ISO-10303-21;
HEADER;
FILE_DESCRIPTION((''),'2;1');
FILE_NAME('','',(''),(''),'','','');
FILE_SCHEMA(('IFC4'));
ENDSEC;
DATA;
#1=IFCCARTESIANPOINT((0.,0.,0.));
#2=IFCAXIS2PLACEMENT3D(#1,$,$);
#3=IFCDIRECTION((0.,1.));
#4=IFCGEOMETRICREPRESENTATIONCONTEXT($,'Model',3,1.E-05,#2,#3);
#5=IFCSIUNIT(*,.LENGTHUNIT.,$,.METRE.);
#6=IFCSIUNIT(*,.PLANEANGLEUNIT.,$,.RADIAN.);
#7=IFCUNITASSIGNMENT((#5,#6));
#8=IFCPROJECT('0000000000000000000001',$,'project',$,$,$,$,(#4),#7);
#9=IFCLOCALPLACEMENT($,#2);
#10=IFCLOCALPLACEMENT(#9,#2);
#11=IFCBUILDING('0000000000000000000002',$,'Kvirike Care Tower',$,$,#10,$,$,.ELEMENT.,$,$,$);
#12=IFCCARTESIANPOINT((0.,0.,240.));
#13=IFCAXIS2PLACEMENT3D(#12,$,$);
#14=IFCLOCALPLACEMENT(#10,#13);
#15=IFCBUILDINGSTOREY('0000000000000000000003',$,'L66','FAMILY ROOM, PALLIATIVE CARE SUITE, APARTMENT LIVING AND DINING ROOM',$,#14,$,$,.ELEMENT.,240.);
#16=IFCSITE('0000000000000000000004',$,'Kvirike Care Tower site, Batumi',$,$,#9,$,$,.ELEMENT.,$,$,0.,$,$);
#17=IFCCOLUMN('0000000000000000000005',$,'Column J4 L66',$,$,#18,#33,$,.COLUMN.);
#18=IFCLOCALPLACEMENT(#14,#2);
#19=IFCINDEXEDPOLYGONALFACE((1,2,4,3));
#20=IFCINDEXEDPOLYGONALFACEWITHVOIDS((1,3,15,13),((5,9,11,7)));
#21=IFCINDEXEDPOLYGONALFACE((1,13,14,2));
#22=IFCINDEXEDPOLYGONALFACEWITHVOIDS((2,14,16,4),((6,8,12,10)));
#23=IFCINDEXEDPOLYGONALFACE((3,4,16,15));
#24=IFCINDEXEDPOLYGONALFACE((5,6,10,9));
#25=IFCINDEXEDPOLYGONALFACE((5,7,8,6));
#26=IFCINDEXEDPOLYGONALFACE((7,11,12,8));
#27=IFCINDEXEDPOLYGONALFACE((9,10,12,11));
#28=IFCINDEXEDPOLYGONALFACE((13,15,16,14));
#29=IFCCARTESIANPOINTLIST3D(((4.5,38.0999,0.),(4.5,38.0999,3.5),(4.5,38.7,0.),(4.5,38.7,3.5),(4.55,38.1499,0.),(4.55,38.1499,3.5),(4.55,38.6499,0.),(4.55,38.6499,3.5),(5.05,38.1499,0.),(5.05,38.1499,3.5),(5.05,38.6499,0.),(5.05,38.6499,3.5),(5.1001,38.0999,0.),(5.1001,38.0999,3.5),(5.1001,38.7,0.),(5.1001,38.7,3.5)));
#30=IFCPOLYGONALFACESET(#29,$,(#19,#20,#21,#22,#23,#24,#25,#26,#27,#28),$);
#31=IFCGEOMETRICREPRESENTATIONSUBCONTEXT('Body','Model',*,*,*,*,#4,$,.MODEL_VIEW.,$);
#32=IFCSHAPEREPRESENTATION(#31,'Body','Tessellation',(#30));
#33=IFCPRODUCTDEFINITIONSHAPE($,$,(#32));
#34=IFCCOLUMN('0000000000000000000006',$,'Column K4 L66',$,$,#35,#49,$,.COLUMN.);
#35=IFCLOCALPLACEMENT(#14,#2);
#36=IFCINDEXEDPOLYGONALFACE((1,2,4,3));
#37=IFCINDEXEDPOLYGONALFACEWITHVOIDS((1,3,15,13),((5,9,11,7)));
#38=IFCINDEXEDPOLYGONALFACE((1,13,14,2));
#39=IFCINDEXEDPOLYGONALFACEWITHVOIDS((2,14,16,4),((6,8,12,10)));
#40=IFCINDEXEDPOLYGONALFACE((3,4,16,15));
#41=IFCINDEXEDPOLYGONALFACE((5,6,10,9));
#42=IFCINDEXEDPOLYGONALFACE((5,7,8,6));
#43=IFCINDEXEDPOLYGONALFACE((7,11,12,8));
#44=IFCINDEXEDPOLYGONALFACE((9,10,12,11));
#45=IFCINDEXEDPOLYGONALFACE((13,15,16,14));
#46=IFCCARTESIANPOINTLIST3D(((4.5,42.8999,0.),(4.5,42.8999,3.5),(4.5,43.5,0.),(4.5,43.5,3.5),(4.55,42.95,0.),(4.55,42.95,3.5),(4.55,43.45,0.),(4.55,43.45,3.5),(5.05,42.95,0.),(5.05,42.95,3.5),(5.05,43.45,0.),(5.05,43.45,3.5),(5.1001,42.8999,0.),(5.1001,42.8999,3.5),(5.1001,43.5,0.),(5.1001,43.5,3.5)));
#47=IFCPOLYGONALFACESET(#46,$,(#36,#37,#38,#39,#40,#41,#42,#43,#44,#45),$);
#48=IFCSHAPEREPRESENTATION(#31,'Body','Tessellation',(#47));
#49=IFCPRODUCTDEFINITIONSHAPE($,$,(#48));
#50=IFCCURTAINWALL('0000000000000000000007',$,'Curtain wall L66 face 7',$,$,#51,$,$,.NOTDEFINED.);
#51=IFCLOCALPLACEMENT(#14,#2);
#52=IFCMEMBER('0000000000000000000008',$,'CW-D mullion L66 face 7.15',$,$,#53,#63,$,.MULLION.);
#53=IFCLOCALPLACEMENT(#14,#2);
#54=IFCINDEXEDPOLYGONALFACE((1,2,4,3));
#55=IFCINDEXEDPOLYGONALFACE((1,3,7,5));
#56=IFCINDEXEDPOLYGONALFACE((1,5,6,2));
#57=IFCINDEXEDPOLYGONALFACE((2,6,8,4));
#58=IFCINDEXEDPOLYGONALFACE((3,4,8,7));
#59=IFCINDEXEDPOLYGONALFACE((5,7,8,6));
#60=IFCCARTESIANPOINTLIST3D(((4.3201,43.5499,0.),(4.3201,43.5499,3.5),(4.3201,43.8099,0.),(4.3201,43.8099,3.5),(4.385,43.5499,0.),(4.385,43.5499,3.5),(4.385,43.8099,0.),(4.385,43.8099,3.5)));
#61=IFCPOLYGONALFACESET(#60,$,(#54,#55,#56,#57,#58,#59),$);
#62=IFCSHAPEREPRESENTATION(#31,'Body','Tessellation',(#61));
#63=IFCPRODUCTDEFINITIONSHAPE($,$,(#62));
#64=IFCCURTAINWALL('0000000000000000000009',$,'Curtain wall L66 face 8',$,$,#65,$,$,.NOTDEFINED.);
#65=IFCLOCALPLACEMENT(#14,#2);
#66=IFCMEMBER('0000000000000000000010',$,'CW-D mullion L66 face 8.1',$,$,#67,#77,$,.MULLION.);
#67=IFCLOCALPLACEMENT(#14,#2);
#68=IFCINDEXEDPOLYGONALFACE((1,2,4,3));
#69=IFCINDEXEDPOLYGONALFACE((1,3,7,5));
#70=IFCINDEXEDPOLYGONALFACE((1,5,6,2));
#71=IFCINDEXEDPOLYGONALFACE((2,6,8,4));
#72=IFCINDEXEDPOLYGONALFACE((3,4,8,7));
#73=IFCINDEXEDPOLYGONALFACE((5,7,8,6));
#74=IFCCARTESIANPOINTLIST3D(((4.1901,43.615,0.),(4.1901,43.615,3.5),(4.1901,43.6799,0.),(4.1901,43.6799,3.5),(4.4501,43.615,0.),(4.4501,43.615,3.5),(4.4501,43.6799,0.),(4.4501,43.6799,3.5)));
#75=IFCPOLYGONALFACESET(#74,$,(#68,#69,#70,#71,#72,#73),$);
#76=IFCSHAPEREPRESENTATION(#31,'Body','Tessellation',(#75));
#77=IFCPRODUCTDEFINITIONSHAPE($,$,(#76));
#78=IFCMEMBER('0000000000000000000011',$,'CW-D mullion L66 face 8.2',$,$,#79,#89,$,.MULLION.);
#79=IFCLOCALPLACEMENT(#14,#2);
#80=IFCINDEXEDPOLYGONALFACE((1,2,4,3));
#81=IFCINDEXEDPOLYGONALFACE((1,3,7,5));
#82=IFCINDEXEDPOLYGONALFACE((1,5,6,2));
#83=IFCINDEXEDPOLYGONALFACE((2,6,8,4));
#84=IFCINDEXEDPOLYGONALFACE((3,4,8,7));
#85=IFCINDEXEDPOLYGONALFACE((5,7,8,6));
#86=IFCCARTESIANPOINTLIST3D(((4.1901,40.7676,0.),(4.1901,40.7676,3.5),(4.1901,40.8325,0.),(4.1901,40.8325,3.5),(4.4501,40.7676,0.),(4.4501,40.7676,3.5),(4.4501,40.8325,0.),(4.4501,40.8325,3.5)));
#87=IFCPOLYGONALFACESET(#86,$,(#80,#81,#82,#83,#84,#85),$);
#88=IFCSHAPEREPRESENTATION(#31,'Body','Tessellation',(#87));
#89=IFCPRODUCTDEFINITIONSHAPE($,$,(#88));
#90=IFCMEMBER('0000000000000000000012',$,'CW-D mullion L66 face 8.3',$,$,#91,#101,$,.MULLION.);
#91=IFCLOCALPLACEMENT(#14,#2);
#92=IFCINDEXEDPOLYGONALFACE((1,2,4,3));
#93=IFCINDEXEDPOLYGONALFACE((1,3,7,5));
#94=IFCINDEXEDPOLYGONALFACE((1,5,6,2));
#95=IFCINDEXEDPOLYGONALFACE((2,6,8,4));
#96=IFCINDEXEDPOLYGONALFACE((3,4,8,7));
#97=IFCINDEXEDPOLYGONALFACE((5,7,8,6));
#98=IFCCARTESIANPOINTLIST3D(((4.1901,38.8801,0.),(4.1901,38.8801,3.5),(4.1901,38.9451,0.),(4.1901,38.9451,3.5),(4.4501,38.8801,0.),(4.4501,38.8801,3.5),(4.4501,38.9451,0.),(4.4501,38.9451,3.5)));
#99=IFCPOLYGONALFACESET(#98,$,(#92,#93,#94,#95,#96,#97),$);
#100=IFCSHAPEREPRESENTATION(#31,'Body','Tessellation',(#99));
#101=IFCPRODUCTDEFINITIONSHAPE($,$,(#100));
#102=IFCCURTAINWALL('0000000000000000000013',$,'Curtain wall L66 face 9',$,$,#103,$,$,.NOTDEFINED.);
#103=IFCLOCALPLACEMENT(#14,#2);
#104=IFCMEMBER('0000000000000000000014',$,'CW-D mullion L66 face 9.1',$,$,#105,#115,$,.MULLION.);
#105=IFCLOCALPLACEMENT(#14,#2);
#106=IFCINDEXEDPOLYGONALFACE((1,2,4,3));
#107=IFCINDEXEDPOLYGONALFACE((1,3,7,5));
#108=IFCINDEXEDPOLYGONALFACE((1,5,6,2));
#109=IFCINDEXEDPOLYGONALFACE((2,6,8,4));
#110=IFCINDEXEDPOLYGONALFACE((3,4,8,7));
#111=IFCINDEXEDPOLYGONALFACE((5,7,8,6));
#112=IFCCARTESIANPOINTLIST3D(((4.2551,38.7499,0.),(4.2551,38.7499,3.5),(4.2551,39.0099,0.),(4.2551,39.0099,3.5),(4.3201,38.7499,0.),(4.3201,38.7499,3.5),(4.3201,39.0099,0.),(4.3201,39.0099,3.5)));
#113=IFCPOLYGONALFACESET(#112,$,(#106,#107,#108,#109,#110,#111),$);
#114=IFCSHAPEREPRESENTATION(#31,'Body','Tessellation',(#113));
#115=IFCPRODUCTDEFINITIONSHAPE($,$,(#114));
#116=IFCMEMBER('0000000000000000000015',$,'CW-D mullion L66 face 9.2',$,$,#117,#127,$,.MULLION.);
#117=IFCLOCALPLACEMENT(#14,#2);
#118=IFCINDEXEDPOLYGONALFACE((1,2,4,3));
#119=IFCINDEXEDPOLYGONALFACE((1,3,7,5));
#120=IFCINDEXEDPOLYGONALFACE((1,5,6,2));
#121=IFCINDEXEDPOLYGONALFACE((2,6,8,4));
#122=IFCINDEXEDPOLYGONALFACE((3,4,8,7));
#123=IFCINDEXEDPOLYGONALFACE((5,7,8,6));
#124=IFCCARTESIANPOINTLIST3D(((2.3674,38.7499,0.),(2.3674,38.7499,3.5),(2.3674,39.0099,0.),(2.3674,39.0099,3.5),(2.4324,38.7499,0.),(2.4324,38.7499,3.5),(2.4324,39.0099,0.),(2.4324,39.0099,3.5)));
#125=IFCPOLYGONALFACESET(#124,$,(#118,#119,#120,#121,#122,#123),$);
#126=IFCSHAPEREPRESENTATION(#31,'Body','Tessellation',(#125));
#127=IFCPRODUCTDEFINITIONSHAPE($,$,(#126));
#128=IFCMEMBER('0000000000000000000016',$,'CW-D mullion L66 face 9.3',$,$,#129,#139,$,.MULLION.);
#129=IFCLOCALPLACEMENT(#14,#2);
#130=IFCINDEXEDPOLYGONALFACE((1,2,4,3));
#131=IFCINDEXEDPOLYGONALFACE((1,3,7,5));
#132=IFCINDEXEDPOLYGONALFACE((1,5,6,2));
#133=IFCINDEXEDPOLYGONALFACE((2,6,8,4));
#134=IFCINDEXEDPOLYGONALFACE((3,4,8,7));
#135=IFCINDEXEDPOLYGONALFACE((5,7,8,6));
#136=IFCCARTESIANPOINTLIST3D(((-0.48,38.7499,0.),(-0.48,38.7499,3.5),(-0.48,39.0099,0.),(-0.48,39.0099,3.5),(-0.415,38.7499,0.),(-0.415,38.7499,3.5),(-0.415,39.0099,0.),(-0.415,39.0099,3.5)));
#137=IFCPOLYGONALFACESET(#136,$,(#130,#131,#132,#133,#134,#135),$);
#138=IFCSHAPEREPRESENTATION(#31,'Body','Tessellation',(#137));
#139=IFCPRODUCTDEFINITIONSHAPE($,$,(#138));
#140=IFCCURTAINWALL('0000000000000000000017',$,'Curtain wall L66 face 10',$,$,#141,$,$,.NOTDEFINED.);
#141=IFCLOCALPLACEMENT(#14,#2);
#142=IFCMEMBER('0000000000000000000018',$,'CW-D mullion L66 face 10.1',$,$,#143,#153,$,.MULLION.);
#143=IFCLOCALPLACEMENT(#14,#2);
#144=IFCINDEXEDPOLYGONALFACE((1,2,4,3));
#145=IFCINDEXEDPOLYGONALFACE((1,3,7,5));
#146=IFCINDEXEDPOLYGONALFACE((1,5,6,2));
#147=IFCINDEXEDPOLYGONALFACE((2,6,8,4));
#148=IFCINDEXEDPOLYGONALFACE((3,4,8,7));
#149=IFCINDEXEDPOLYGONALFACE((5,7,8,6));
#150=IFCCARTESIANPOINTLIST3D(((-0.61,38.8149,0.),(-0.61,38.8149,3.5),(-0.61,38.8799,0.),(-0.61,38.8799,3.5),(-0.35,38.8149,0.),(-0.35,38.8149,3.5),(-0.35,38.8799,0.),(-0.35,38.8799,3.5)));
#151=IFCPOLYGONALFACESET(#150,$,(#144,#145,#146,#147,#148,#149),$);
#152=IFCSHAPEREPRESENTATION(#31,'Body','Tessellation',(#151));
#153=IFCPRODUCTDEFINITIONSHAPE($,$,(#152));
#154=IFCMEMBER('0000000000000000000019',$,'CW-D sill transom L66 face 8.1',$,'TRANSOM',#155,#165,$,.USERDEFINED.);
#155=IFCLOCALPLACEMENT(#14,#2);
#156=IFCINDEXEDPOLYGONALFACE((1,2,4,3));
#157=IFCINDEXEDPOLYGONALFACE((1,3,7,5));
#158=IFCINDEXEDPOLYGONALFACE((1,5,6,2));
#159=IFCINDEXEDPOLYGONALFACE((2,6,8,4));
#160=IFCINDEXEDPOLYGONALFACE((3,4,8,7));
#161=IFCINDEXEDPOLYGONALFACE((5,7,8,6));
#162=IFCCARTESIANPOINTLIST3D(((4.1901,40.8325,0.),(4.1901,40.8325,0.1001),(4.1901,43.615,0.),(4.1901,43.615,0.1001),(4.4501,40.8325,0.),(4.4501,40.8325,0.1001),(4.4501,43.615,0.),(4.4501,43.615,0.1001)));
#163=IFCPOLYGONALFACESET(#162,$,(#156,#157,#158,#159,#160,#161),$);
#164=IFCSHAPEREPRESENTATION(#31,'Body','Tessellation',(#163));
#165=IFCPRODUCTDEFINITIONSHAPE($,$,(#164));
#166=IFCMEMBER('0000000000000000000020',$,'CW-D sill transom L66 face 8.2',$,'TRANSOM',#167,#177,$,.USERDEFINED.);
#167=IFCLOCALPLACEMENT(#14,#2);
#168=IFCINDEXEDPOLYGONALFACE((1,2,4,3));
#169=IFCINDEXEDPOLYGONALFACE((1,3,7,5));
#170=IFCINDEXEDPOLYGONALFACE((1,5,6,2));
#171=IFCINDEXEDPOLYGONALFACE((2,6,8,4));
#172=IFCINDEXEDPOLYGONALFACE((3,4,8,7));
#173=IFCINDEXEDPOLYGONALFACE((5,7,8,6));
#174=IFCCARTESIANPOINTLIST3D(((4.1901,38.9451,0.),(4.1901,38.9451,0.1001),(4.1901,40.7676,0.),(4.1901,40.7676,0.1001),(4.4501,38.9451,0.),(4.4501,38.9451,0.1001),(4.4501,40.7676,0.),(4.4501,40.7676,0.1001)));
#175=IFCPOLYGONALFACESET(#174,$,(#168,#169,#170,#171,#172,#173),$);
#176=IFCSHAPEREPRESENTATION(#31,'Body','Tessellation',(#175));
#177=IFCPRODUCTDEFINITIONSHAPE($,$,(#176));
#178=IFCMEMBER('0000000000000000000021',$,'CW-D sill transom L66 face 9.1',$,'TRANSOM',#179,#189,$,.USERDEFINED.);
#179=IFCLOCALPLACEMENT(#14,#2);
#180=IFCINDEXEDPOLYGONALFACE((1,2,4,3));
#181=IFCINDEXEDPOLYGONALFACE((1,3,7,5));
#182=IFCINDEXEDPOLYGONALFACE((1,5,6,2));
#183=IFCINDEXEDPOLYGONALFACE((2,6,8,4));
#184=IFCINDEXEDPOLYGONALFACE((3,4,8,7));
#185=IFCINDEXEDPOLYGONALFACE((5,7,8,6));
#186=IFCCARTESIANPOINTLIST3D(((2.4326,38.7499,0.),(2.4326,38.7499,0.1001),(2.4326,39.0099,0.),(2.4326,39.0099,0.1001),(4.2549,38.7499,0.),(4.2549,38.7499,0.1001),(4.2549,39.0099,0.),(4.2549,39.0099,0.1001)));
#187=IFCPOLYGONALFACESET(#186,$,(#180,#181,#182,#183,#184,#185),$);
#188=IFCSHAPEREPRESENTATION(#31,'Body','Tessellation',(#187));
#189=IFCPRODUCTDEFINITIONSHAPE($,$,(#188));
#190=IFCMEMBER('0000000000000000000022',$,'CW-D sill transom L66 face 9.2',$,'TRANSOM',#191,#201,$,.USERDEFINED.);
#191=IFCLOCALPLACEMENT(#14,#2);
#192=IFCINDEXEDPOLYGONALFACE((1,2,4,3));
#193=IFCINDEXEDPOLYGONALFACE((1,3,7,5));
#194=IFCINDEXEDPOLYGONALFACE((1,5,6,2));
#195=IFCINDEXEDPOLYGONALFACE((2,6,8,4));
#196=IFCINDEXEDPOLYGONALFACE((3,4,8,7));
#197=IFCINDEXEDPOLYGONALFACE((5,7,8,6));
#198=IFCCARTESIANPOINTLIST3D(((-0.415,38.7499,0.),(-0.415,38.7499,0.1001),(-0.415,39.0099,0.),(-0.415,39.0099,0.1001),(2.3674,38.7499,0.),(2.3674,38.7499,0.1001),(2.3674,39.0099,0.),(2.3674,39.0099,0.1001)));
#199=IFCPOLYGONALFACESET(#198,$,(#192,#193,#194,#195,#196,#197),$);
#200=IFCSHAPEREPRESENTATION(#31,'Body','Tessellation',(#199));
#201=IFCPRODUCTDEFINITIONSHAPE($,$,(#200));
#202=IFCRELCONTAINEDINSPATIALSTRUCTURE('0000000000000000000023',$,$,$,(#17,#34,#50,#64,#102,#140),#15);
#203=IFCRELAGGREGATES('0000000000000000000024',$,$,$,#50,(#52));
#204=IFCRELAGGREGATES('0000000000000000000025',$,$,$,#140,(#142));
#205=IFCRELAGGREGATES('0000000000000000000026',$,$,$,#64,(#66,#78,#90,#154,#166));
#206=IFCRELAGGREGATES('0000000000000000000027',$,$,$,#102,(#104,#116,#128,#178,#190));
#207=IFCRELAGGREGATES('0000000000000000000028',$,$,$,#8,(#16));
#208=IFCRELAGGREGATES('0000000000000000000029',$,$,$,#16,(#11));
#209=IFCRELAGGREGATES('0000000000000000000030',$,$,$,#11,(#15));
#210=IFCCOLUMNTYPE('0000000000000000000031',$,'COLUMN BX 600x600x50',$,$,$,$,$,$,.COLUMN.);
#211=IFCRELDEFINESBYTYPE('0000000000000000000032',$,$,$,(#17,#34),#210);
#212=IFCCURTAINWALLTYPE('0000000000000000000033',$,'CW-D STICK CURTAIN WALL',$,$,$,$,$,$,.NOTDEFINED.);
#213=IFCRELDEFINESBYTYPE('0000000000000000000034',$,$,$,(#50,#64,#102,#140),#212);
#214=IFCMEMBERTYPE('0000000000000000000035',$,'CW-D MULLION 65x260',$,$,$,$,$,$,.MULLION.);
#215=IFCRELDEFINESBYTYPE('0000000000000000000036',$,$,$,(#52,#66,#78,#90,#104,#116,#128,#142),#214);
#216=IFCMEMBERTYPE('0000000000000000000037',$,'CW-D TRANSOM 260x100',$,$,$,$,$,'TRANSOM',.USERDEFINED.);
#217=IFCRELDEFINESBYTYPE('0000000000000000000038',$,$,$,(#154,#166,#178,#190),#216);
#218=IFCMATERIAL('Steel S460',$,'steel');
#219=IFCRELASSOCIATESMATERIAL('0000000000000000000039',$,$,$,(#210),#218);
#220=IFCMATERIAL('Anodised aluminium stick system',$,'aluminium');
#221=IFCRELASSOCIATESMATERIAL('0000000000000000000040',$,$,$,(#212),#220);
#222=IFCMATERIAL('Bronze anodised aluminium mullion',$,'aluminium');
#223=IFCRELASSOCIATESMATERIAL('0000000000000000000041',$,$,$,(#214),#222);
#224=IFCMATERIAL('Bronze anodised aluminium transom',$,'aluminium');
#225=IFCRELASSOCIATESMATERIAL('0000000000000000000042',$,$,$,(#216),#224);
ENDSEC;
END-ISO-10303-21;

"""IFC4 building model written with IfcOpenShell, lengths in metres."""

from ifc_helpers import new_model, si_unit, direction, frame, origin, origin_2d, place, context, subcontext, project, spatial, rectangle, hollow_rectangle, extrude, material, material_profile, profile_set, type_object, element, aggregate, save


model = new_model("IFC4")

# Units and contexts
model_context = context("Model", 3, precision=1e-05, world=origin(), true_north=direction((0.0, 1.0)))
body_context = subcontext(model_context, "Body", "Model", "MODEL_VIEW")
ifc_project = project(units=[si_unit("LENGTHUNIT", "METRE"), si_unit("PLANEANGLEUNIT", "RADIAN")], contexts=[model_context])

# Site, building, storey
site_placement = place(None, origin())
site = spatial("IfcSite", under=ifc_project, at=site_placement, Name="Kvirike Care Tower site, Batumi", CompositionType="ELEMENT", RefElevation=0.0)
building_placement = place(site_placement, origin())
building = spatial("IfcBuilding", under=site, at=building_placement, Name="Kvirike Care Tower", CompositionType="ELEMENT")
storey_placement = place(building_placement, frame((0.0, 0.0, 240.0)))
storey = spatial("IfcBuildingStorey", under=building, at=storey_placement, Name="L66", Description="FAMILY ROOM, PALLIATIVE CARE SUITE, APARTMENT LIVING AND DINING ROOM", CompositionType="ELEMENT", Elevation=240.0)

# Columns
ifc_material_1 = material(Name="Steel S460", Category="steel")
ifc_material_profile_1 = material_profile(ifc_material_1, hollow_rectangle(XDim=0.6001, YDim=0.6001, WallThickness=0.05, at=origin_2d()), Name="BX 600x600x50")
ifc_profile_set_1 = profile_set([ifc_material_profile_1], Name="Steel S460")
column_type = type_object("IfcColumnType", Name="COLUMN BX 600x600x50", PredefinedType="COLUMN", material=ifc_profile_set_1)
for number, where, z_axis, x_axis, name in (
    (1, (4.8, 38.3999, 0.0), (0.0, 0.0, 1.0), (0.0, 1.0, 0.0), "Column J4 L66"),
    (2, (4.8, 43.2, 0.0), (0.0, 0.0, 1.0), (0.0, 1.0, 0.0), "Column K4 L66"),
):
    element("IfcColumn", number, at=place(storey_placement, frame(where, z_axis=z_axis, x_axis=x_axis)), inside=storey, type_object=column_type, Name=name, PredefinedType="COLUMN", context=body_context, shape_type="SweptSolid", body=[
        extrude(hollow_rectangle(XDim=0.6001, YDim=0.6001, WallThickness=0.05, at=origin_2d()), origin(), (0.0, 0.0, 1.0), 3.5),
    ])

# Curtain wall, member
ifc_material_2 = material(Name="Anodised aluminium stick system", Category="aluminium")
curtain_wall_type = type_object("IfcCurtainWallType", Name="CW-D STICK CURTAIN WALL", PredefinedType="NOTDEFINED", material=ifc_material_2)
curtain_wall_1_placement = place(storey_placement, origin())
curtain_wall_1 = element("IfcCurtainWall", 3, at=curtain_wall_1_placement, inside=storey, type_object=curtain_wall_type, Name="Curtain wall L66 face 7", PredefinedType="NOTDEFINED")
ifc_material_3 = material(Name="Bronze anodised aluminium mullion", Category="aluminium")
ifc_material_profile_2 = material_profile(ifc_material_3, rectangle(XDim=0.0649, YDim=0.26, at=origin_2d()), Name="CW-D MULLION 65x260")
ifc_profile_set_2 = profile_set([ifc_material_profile_2], Name="Bronze anodised aluminium mullion")
member_type_1 = type_object("IfcMemberType", Name="CW-D MULLION 65x260", PredefinedType="MULLION", material=ifc_profile_set_2)
member_1_placement = place(storey_placement, frame((4.3525, 43.6799, 0.0), z_axis=(0.0, 0.0, 1.0), x_axis=(-1.0, 0.0, 0.0)))
member_1 = element("IfcMember", 4, at=member_1_placement, type_object=member_type_1, Name="CW-D mullion L66 face 7.15", PredefinedType="MULLION", context=body_context, shape_type="SweptSolid", body=[
    extrude(rectangle(XDim=0.0649, YDim=0.26, at=origin_2d()), origin(), (0.0, 0.0, 1.0), 3.5),
])
aggregate(curtain_wall_1, [member_1])

# Curtain walls, members
curtain_wall_2_placement = place(storey_placement, origin())
curtain_wall_2 = element("IfcCurtainWall", 5, at=curtain_wall_2_placement, inside=storey, type_object=curtain_wall_type, Name="Curtain wall L66 face 8", PredefinedType="NOTDEFINED")
member_2_placement = place(storey_placement, frame((4.3201, 43.6475, 0.0), z_axis=(0.0, 0.0, 1.0), x_axis=(0.0, -1.0, 0.0)))
member_2 = element("IfcMember", 6, at=member_2_placement, type_object=member_type_1, Name="CW-D mullion L66 face 8.1", PredefinedType="MULLION", context=body_context, shape_type="SweptSolid", body=[
    extrude(rectangle(XDim=0.0649, YDim=0.26, at=origin_2d()), origin(), (0.0, 0.0, 1.0), 3.5),
])
member_3_placement = place(storey_placement, frame((4.3201, 40.8, 0.0), z_axis=(0.0, 0.0, 1.0), x_axis=(0.0, -1.0, 0.0)))
member_3 = element("IfcMember", 7, at=member_3_placement, type_object=member_type_1, Name="CW-D mullion L66 face 8.2", PredefinedType="MULLION", context=body_context, shape_type="SweptSolid", body=[
    extrude(rectangle(XDim=0.0649, YDim=0.26, at=origin_2d()), origin(), (0.0, 0.0, 1.0), 3.5),
])
member_4_placement = place(storey_placement, frame((4.3201, 38.9126, 0.0), z_axis=(0.0, 0.0, 1.0), x_axis=(0.0, -1.0, 0.0)))
member_4 = element("IfcMember", 8, at=member_4_placement, type_object=member_type_1, Name="CW-D mullion L66 face 8.3", PredefinedType="MULLION", context=body_context, shape_type="SweptSolid", body=[
    extrude(rectangle(XDim=0.0649, YDim=0.26, at=origin_2d()), origin(), (0.0, 0.0, 1.0), 3.5),
])
curtain_wall_3_placement = place(storey_placement, origin())
curtain_wall_3 = element("IfcCurtainWall", 9, at=curtain_wall_3_placement, inside=storey, type_object=curtain_wall_type, Name="Curtain wall L66 face 9", PredefinedType="NOTDEFINED")
member_5_placement = place(storey_placement, frame((4.2876, 38.8799, 0.0), z_axis=(0.0, 0.0, 1.0), x_axis=(-1.0, 0.0, 0.0)))
member_5 = element("IfcMember", 10, at=member_5_placement, type_object=member_type_1, Name="CW-D mullion L66 face 9.1", PredefinedType="MULLION", context=body_context, shape_type="SweptSolid", body=[
    extrude(rectangle(XDim=0.0649, YDim=0.26, at=origin_2d()), origin(), (0.0, 0.0, 1.0), 3.5),
])
member_6_placement = place(storey_placement, frame((2.3999, 38.8799, 0.0), z_axis=(0.0, 0.0, 1.0), x_axis=(-1.0, 0.0, 0.0)))
member_6 = element("IfcMember", 11, at=member_6_placement, type_object=member_type_1, Name="CW-D mullion L66 face 9.2", PredefinedType="MULLION", context=body_context, shape_type="SweptSolid", body=[
    extrude(rectangle(XDim=0.0649, YDim=0.26, at=origin_2d()), origin(), (0.0, 0.0, 1.0), 3.5),
])
member_7_placement = place(storey_placement, frame((-0.4475, 38.8799, 0.0), z_axis=(0.0, 0.0, 1.0), x_axis=(-1.0, 0.0, 0.0)))
member_7 = element("IfcMember", 12, at=member_7_placement, type_object=member_type_1, Name="CW-D mullion L66 face 9.3", PredefinedType="MULLION", context=body_context, shape_type="SweptSolid", body=[
    extrude(rectangle(XDim=0.0649, YDim=0.26, at=origin_2d()), origin(), (0.0, 0.0, 1.0), 3.5),
])

# Curtain wall, member
curtain_wall_4_placement = place(storey_placement, origin())
curtain_wall_4 = element("IfcCurtainWall", 13, at=curtain_wall_4_placement, inside=storey, type_object=curtain_wall_type, Name="Curtain wall L66 face 10", PredefinedType="NOTDEFINED")
member_8_placement = place(storey_placement, frame((-0.48, 38.8474, 0.0), z_axis=(0.0, 0.0, 1.0), x_axis=(0.0, -1.0, 0.0)))
member_8 = element("IfcMember", 14, at=member_8_placement, type_object=member_type_1, Name="CW-D mullion L66 face 10.1", PredefinedType="MULLION", context=body_context, shape_type="SweptSolid", body=[
    extrude(rectangle(XDim=0.0649, YDim=0.26, at=origin_2d()), origin(), (0.0, 0.0, 1.0), 3.5),
])

# Members
ifc_material_4 = material(Name="Bronze anodised aluminium transom", Category="aluminium")
ifc_material_profile_3 = material_profile(ifc_material_4, rectangle(XDim=0.26, YDim=0.1001, at=origin_2d()), Name="CW-D TRANSOM 260x100")
ifc_profile_set_3 = profile_set([ifc_material_profile_3], Name="Bronze anodised aluminium transom")
member_type_2 = type_object("IfcMemberType", Name="CW-D TRANSOM 260x100", ElementType="TRANSOM", PredefinedType="USERDEFINED", material=ifc_profile_set_3)
member_9_placement = place(storey_placement, frame((4.3201, 43.615, 0.05), z_axis=(0.0, -1.0, 0.0), x_axis=(1.0, 0.0, 0.0)))
member_9 = element("IfcMember", 15, at=member_9_placement, type_object=member_type_2, Name="CW-D sill transom L66 face 8.1", ObjectType="TRANSOM", PredefinedType="USERDEFINED", context=body_context, shape_type="SweptSolid", body=[
    extrude(rectangle(XDim=0.26, YDim=0.1001, at=origin_2d()), origin(), (0.0, 0.0, 1.0), 2.7825),
])
member_10_placement = place(storey_placement, frame((4.3201, 40.7676, 0.05), z_axis=(0.0, -1.0, 0.0), x_axis=(1.0, 0.0, 0.0)))
member_10 = element("IfcMember", 16, at=member_10_placement, type_object=member_type_2, Name="CW-D sill transom L66 face 8.2", ObjectType="TRANSOM", PredefinedType="USERDEFINED", context=body_context, shape_type="SweptSolid", body=[
    extrude(rectangle(XDim=0.26, YDim=0.1001, at=origin_2d()), origin(), (0.0, 0.0, 1.0), 1.8225),
])
member_11_placement = place(storey_placement, frame((4.2549, 38.8799, 0.05), z_axis=(-1.0, 0.0, 0.0), x_axis=(0.0, -1.0, 0.0)))
member_11 = element("IfcMember", 17, at=member_11_placement, type_object=member_type_2, Name="CW-D sill transom L66 face 9.1", ObjectType="TRANSOM", PredefinedType="USERDEFINED", context=body_context, shape_type="SweptSolid", body=[
    extrude(rectangle(XDim=0.26, YDim=0.1001, at=origin_2d()), origin(), (0.0, 0.0, 1.0), 1.8223),
])
member_12_placement = place(storey_placement, frame((2.3674, 38.8799, 0.05), z_axis=(-1.0, 0.0, 0.0), x_axis=(0.0, -1.0, 0.0)))
member_12 = element("IfcMember", 18, at=member_12_placement, type_object=member_type_2, Name="CW-D sill transom L66 face 9.2", ObjectType="TRANSOM", PredefinedType="USERDEFINED", context=body_context, shape_type="SweptSolid", body=[
    extrude(rectangle(XDim=0.26, YDim=0.1001, at=origin_2d()), origin(), (0.0, 0.0, 1.0), 2.7825),
])
aggregate(curtain_wall_4, [member_8])

aggregate(curtain_wall_2, [member_2, member_3, member_4, member_9, member_10])
aggregate(curtain_wall_3, [member_5, member_6, member_7, member_11, member_12])

save(model, "model.ifc")
